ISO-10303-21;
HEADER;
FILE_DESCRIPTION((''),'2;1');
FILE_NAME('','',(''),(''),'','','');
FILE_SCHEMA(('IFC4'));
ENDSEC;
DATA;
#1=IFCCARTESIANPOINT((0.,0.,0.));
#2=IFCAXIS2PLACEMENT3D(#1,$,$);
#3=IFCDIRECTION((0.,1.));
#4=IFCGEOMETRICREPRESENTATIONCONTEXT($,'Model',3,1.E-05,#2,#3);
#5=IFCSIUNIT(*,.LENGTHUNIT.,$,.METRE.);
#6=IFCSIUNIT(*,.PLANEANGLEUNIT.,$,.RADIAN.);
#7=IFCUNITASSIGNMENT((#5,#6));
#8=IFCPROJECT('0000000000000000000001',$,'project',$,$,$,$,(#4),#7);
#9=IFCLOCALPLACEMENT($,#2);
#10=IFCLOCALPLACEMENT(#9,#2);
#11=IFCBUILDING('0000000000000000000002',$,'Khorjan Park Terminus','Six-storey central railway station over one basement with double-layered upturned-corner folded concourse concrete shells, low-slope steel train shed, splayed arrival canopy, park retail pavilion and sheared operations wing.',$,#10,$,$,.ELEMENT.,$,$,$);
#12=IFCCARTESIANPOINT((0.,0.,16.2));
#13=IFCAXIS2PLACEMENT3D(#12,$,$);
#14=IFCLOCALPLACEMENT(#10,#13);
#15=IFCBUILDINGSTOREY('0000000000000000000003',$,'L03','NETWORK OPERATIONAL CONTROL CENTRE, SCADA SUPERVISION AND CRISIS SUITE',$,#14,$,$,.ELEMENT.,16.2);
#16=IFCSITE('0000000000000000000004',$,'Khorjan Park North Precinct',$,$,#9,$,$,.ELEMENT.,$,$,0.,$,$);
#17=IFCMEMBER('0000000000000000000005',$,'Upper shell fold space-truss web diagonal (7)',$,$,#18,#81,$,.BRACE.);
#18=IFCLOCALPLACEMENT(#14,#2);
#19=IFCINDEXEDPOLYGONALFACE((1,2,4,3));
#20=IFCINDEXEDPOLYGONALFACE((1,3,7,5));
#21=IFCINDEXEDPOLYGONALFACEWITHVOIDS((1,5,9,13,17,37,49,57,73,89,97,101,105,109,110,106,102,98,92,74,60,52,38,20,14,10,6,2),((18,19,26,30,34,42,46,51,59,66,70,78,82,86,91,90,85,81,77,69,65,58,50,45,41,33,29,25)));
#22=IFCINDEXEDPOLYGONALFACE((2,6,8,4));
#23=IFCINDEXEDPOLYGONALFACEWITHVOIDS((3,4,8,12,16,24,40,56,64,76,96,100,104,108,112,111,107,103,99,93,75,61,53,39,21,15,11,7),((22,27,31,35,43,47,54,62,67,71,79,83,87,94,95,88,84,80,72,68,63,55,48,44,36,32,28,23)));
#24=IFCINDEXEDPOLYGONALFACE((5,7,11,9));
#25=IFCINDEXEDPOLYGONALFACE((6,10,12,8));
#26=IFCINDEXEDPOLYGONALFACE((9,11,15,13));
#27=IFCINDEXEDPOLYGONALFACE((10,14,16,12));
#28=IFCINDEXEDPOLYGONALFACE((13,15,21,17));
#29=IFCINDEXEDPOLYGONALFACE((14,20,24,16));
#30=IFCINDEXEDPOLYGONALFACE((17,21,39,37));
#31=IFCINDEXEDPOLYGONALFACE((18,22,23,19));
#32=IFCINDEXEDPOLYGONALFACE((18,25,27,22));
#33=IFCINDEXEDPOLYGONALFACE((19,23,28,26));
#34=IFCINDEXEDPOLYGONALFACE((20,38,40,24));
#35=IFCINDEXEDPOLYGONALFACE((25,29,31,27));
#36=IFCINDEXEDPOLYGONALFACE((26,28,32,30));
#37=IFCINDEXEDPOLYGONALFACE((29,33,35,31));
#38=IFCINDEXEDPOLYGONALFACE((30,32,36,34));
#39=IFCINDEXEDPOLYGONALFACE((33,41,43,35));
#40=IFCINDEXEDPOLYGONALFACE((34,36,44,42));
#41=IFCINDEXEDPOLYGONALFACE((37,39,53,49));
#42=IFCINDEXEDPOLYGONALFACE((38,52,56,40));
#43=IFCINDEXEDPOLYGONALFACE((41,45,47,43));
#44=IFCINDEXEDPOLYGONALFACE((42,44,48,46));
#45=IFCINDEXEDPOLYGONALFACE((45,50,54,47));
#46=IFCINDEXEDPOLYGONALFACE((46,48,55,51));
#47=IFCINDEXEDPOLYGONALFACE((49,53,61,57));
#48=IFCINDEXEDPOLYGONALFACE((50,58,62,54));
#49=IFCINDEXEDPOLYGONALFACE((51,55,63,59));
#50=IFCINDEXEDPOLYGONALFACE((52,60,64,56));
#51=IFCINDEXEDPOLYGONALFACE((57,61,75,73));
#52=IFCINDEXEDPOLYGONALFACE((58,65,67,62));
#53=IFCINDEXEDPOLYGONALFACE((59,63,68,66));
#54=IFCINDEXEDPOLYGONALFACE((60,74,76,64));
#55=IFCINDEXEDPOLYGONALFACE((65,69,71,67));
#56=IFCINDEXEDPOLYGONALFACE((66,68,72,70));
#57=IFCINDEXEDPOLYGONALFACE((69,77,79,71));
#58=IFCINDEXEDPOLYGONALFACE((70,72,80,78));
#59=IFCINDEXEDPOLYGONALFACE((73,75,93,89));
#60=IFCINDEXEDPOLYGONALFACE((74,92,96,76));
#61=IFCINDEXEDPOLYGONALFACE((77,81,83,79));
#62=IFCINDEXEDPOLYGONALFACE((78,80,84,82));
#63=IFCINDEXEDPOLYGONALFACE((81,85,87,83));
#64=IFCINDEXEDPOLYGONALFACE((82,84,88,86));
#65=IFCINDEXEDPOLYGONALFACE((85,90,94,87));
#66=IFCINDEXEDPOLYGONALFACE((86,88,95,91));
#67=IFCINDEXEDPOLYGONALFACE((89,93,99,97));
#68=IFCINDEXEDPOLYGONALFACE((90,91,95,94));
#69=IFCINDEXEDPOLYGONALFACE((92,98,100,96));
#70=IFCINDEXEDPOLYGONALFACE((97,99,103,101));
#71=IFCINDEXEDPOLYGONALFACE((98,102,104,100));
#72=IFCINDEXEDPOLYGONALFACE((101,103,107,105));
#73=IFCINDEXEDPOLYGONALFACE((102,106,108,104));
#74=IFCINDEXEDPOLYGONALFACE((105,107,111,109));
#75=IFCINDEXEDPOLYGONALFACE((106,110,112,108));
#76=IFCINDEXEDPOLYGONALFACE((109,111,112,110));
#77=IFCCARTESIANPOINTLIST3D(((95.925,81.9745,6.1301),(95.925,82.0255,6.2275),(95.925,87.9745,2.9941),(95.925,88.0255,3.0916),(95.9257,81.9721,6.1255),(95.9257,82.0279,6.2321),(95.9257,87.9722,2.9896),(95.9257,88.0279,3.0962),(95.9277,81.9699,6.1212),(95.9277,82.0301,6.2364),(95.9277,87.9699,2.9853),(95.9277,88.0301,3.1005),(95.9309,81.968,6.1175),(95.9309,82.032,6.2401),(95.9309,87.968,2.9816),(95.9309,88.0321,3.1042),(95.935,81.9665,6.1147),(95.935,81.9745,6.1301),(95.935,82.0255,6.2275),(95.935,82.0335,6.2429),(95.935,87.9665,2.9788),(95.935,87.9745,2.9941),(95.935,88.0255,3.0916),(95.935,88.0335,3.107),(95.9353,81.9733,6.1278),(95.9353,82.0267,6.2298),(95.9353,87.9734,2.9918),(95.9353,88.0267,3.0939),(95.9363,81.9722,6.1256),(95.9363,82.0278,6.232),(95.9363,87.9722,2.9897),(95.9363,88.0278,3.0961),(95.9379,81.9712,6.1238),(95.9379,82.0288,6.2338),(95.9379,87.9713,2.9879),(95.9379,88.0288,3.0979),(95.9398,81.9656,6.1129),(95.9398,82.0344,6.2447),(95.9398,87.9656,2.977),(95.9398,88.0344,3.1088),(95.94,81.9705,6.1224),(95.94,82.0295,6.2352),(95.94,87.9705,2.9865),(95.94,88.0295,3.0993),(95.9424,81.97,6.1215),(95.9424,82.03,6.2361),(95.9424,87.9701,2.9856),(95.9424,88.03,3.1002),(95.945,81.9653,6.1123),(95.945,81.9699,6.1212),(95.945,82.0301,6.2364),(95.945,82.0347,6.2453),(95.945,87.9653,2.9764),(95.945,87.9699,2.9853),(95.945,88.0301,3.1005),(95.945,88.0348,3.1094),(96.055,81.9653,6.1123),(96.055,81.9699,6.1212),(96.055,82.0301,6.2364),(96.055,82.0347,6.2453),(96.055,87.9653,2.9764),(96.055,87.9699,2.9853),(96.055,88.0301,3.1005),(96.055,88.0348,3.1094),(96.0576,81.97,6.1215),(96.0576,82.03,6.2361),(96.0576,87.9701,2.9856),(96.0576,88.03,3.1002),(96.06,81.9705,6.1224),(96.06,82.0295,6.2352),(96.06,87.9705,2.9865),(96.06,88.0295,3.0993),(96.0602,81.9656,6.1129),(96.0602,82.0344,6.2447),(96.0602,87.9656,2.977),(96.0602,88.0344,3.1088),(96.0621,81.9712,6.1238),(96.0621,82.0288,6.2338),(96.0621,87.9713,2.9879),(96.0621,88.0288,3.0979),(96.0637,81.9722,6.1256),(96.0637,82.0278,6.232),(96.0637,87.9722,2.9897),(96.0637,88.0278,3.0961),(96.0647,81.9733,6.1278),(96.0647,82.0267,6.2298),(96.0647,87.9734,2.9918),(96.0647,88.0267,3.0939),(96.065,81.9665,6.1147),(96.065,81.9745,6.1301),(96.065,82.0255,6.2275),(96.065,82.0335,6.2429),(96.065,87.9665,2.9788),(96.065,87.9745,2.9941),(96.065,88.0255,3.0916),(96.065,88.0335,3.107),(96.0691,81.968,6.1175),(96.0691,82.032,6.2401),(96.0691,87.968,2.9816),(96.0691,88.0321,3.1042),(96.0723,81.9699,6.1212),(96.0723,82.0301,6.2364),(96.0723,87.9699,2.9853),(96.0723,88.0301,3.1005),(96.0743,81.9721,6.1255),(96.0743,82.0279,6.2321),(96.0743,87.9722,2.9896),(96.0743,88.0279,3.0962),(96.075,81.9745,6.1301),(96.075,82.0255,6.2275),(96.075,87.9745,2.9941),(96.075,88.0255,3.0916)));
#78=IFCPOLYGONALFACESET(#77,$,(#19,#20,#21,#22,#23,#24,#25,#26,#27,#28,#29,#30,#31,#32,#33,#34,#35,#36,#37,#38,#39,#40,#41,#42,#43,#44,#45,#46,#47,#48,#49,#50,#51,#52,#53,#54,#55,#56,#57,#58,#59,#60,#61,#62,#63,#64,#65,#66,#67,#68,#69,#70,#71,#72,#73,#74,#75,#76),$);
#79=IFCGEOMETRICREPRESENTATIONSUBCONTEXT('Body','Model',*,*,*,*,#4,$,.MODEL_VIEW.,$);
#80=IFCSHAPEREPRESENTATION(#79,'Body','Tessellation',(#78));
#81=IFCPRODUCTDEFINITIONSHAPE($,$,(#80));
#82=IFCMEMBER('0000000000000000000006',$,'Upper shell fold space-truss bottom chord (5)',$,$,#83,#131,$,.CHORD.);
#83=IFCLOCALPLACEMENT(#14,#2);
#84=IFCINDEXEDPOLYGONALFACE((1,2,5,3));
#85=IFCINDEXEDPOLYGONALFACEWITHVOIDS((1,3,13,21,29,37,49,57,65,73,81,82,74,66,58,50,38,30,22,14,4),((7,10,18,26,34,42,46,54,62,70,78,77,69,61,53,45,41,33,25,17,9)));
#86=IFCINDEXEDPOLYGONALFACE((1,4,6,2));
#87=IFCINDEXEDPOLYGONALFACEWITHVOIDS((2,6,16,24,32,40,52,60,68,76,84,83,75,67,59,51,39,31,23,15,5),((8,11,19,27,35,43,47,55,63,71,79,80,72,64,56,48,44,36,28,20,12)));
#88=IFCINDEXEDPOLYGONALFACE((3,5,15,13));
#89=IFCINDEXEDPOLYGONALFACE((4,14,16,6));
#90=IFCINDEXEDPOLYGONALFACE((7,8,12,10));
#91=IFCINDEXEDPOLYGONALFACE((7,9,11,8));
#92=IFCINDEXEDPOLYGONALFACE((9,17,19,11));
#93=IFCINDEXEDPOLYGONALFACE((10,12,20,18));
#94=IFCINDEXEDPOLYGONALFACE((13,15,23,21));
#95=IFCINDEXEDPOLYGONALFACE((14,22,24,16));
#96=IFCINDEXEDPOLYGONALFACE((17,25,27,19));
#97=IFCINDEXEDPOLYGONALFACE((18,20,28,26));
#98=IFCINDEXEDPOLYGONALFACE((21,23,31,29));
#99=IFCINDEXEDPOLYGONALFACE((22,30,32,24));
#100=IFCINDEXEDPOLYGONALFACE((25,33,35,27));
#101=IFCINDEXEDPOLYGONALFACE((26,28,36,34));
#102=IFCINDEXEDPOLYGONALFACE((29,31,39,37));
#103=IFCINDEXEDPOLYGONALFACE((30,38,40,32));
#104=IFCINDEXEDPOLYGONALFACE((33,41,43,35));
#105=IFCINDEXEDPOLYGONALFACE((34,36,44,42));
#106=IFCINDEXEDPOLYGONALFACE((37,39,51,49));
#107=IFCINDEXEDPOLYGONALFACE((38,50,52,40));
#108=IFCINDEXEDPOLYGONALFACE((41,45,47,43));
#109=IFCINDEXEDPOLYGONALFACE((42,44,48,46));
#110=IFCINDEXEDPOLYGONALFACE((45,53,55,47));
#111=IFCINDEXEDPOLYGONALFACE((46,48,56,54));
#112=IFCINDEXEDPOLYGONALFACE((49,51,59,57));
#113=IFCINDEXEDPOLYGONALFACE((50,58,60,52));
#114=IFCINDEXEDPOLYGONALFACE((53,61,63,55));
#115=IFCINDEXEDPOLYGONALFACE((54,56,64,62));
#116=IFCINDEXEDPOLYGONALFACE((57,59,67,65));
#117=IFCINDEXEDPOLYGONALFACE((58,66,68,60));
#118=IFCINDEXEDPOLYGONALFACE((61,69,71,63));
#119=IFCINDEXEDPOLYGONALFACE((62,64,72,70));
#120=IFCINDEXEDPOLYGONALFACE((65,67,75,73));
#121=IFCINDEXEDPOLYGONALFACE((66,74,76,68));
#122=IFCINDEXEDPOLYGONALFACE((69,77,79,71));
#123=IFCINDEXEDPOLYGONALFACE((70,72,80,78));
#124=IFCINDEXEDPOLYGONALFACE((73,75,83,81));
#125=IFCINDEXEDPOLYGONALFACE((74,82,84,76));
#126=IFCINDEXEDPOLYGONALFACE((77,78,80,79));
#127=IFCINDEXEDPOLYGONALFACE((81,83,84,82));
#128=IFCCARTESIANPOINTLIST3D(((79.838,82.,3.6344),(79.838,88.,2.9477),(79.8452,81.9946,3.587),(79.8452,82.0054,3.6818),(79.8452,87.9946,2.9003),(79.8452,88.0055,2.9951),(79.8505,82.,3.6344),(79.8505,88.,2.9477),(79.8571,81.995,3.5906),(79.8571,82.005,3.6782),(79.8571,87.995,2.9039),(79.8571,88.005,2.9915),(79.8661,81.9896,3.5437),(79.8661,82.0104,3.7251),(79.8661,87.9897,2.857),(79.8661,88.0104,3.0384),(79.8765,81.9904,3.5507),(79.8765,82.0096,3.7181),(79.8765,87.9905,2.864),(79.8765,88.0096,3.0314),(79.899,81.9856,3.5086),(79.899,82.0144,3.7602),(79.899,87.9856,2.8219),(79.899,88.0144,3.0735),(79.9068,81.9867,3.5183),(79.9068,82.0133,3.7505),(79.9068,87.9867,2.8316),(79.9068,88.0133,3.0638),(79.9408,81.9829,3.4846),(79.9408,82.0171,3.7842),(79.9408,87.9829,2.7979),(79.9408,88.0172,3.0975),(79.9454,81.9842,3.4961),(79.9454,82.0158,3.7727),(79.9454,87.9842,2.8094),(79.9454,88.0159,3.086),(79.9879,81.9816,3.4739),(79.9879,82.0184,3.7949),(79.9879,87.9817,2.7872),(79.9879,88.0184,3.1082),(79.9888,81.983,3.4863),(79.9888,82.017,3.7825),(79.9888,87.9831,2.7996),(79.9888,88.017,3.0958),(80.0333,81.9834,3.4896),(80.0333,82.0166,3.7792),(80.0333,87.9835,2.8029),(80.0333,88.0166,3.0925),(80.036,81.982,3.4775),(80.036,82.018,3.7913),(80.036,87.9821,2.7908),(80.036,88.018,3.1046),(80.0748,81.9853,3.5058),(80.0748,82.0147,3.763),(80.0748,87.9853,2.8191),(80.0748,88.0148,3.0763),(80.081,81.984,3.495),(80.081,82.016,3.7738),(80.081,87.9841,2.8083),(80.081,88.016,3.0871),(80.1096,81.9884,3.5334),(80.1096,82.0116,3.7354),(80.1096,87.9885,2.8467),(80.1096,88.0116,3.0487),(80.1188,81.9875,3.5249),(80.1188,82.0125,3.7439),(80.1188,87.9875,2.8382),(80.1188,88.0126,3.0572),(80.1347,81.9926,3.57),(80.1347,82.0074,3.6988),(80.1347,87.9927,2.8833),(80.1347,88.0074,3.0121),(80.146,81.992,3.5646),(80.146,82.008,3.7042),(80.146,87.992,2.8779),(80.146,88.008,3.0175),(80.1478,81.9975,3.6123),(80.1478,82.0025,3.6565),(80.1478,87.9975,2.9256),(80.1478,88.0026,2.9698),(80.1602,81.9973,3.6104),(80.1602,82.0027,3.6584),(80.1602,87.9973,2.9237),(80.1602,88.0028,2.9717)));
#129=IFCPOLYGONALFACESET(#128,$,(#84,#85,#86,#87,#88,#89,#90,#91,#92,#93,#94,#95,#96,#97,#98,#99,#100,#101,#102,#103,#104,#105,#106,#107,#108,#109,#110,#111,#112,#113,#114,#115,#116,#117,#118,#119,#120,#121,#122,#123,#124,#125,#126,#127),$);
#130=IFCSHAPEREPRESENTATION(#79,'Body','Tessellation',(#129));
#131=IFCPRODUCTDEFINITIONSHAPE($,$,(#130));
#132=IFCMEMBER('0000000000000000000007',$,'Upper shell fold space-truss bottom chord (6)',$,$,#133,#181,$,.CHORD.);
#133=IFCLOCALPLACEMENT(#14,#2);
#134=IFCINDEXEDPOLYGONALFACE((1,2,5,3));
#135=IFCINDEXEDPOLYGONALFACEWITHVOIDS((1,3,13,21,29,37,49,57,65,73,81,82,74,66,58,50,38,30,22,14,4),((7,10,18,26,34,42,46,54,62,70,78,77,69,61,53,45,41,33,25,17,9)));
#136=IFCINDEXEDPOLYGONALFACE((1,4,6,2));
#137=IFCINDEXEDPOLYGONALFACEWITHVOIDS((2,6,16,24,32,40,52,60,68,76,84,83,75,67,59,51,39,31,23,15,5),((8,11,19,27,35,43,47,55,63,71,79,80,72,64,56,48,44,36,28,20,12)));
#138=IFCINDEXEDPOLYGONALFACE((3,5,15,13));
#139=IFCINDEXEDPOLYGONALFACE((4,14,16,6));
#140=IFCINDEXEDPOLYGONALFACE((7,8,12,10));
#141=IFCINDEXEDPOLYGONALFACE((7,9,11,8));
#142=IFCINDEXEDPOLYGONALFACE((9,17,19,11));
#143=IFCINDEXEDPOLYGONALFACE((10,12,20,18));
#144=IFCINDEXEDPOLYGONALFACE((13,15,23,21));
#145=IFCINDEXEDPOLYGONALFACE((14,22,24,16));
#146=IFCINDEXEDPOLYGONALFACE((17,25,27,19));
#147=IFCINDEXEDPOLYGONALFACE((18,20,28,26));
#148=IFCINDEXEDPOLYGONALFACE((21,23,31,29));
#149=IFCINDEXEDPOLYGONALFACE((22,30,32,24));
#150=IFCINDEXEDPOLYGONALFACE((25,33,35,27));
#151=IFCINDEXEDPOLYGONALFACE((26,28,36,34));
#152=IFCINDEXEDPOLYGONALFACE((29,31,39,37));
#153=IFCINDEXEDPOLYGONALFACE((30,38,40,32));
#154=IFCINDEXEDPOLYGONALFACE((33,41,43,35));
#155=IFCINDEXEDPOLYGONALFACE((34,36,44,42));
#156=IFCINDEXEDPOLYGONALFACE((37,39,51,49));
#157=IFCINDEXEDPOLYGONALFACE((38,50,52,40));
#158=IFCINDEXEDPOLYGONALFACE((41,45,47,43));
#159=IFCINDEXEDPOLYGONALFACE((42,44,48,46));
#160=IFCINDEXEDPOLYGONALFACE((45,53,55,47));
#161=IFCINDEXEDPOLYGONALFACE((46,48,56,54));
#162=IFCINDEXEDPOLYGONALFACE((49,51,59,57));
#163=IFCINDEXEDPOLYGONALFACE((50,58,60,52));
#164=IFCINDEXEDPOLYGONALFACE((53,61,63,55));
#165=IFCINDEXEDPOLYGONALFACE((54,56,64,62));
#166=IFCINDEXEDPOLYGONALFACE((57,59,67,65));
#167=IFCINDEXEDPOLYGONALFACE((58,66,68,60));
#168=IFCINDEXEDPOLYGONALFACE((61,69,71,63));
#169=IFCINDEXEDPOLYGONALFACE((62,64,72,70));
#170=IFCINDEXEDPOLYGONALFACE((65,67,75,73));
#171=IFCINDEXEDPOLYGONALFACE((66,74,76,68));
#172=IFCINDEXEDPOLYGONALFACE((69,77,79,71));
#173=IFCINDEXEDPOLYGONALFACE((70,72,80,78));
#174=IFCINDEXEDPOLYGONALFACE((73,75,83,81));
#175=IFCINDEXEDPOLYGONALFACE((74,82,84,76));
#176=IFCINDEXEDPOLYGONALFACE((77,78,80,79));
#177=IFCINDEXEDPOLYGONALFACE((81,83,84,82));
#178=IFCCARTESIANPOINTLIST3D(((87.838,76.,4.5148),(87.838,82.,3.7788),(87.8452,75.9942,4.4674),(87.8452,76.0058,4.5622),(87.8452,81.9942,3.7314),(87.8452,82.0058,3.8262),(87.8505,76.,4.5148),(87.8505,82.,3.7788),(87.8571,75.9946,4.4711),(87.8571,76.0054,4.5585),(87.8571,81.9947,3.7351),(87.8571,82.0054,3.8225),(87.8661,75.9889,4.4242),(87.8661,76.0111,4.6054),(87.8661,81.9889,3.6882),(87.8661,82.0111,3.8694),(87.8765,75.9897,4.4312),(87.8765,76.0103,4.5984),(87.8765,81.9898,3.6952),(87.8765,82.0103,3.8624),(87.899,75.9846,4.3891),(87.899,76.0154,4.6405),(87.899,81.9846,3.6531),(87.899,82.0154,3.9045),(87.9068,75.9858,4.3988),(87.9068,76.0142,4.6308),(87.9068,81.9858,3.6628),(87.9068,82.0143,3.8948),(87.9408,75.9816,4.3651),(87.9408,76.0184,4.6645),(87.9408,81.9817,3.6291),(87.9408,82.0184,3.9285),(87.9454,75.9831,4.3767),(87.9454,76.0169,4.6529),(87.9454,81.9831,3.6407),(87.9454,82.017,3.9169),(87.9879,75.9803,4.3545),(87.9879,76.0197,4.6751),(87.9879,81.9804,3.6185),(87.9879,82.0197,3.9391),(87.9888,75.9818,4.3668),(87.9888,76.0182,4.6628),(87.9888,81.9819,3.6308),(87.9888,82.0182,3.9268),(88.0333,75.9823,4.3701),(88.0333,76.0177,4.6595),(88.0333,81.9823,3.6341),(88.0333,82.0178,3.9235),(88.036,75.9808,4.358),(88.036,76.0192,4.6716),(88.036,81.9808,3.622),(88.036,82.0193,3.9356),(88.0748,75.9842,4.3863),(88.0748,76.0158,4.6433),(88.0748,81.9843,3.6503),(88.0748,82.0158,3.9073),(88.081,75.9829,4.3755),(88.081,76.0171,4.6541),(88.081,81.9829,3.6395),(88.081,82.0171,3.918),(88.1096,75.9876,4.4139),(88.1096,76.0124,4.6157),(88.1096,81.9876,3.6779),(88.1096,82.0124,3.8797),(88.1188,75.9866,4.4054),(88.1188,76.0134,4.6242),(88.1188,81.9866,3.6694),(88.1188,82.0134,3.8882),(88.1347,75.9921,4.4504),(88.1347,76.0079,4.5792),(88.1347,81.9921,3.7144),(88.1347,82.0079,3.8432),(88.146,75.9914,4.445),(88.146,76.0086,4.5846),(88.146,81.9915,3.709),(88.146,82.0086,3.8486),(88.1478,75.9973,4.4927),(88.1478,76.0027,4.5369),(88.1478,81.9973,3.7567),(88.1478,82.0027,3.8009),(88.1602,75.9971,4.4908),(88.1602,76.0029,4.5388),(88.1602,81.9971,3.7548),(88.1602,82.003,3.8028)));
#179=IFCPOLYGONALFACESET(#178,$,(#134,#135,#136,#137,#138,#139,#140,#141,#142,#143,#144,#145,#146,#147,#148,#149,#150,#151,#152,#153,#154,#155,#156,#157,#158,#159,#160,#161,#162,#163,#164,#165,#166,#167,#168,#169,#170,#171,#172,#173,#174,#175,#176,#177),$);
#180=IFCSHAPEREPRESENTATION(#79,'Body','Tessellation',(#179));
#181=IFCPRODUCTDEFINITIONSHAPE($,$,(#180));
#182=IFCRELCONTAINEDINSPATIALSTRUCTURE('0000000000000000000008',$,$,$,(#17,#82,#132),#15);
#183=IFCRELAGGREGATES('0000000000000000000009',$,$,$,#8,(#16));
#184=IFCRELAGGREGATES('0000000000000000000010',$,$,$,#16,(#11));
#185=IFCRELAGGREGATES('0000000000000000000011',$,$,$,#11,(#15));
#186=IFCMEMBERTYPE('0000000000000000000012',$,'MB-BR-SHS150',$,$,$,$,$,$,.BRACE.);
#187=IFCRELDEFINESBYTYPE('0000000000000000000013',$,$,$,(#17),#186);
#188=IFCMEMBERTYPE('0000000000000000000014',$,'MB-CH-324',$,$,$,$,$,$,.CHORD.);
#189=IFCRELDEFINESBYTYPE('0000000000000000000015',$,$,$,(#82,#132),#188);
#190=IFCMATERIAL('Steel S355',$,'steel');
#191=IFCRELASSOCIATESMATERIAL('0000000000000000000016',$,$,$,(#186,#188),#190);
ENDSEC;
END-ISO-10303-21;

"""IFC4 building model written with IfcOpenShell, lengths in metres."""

from ifc_helpers import new_model, si_unit, direction, frame, origin, origin_2d, place, context, subcontext, project, spatial, hollow_rectangle, hollow_circle, extrude, material, material_profile, profile_set, type_object, element, save


model = new_model("IFC4")

# Units and contexts
model_context = context("Model", 3, precision=1e-05, world=origin(), true_north=direction((0.0, 1.0)))
body_context = subcontext(model_context, "Body", "Model", "MODEL_VIEW")
ifc_project = project(units=[si_unit("LENGTHUNIT", "METRE"), si_unit("PLANEANGLEUNIT", "RADIAN")], contexts=[model_context])

# Site, building, storey
site_placement = place(None, origin())
site = spatial("IfcSite", under=ifc_project, at=site_placement, Name="Khorjan Park North Precinct", CompositionType="ELEMENT", RefElevation=0.0)
building_placement = place(site_placement, origin())
building = spatial("IfcBuilding", under=site, at=building_placement, Name="Khorjan Park Terminus", Description="Six-storey central railway station over one basement with double-layered upturned-corner folded concourse concrete shells, low-slope steel train shed, splayed arrival canopy, park retail pavilion and sheared operations wing.", CompositionType="ELEMENT")
storey_placement = place(building_placement, frame((0.0, 0.0, 16.2)))
storey = spatial("IfcBuildingStorey", under=building, at=storey_placement, Name="L03", Description="NETWORK OPERATIONAL CONTROL CENTRE, SCADA SUPERVISION AND CRISIS SUITE", CompositionType="ELEMENT", Elevation=16.2)

# Members
ifc_material = material(Name="Steel S355", Category="steel")
ifc_material_profile_1 = material_profile(ifc_material, hollow_rectangle(XDim=0.15, YDim=0.15, WallThickness=0.01, InnerFilletRadius=0.01, OuterFilletRadius=0.02, at=origin_2d()), Name="SHS 150x150x10")
ifc_profile_set_1 = profile_set([ifc_material_profile_1], Name="Steel S355")
member_type_1 = type_object("IfcMemberType", Name="MB-BR-SHS150", PredefinedType="BRACE", material=ifc_profile_set_1)
member_1_placement = place(storey_placement, frame((96.0, 82.0, 6.1788), z_axis=(0.0, 0.886254, -0.4632), x_axis=(-1.0, 0.0, 0.0)))
element("IfcMember", 1, at=member_1_placement, inside=storey, type_object=member_type_1, Name="Upper shell fold space-truss web diagonal (7)", PredefinedType="BRACE", context=body_context, shape_type="SweptSolid", body=[
    extrude(hollow_rectangle(XDim=0.15, YDim=0.15, WallThickness=0.01, InnerFilletRadius=0.01, OuterFilletRadius=0.02, at=origin_2d()), origin(), (0.0, 0.0, 1.0), 6.7701),
])
ifc_material_profile_2 = material_profile(ifc_material, hollow_circle(Radius=0.162, WallThickness=0.0125, at=origin_2d()), Name="CHS 323.9x12.5")
ifc_profile_set_2 = profile_set([ifc_material_profile_2], Name="Steel S355")
member_type_2 = type_object("IfcMemberType", Name="MB-CH-324", PredefinedType="CHORD", material=ifc_profile_set_2)
member_2_placement = place(storey_placement, frame((80.0, 82.0, 3.6344), z_axis=(0.0, 0.993514, -0.113708), x_axis=(-1.0, 0.0, 0.0)))
element("IfcMember", 2, at=member_2_placement, inside=storey, type_object=member_type_2, Name="Upper shell fold space-truss bottom chord (5)", PredefinedType="CHORD", context=body_context, shape_type="SweptSolid", body=[
    extrude(hollow_circle(Radius=0.162, WallThickness=0.0125, at=origin_2d()), origin(), (0.0, 0.0, 1.0), 6.0392),
])
for number, where, z_axis, x_axis, name in (
    (3, (88.0, 76.0, 4.5148), (0.0, 0.99256, -0.121754), (-1.0, 0.0, 0.0), "Upper shell fold space-truss bottom chord (6)"),
):
    element("IfcMember", number, at=place(storey_placement, frame(where, z_axis=z_axis, x_axis=x_axis)), inside=storey, type_object=member_type_2, Name=name, PredefinedType="CHORD", context=body_context, shape_type="SweptSolid", body=[
        extrude(hollow_circle(Radius=0.162, WallThickness=0.0125, at=origin_2d()), origin(), (0.0, 0.0, 1.0), 6.045),
    ])

save(model, "model.ifc")
